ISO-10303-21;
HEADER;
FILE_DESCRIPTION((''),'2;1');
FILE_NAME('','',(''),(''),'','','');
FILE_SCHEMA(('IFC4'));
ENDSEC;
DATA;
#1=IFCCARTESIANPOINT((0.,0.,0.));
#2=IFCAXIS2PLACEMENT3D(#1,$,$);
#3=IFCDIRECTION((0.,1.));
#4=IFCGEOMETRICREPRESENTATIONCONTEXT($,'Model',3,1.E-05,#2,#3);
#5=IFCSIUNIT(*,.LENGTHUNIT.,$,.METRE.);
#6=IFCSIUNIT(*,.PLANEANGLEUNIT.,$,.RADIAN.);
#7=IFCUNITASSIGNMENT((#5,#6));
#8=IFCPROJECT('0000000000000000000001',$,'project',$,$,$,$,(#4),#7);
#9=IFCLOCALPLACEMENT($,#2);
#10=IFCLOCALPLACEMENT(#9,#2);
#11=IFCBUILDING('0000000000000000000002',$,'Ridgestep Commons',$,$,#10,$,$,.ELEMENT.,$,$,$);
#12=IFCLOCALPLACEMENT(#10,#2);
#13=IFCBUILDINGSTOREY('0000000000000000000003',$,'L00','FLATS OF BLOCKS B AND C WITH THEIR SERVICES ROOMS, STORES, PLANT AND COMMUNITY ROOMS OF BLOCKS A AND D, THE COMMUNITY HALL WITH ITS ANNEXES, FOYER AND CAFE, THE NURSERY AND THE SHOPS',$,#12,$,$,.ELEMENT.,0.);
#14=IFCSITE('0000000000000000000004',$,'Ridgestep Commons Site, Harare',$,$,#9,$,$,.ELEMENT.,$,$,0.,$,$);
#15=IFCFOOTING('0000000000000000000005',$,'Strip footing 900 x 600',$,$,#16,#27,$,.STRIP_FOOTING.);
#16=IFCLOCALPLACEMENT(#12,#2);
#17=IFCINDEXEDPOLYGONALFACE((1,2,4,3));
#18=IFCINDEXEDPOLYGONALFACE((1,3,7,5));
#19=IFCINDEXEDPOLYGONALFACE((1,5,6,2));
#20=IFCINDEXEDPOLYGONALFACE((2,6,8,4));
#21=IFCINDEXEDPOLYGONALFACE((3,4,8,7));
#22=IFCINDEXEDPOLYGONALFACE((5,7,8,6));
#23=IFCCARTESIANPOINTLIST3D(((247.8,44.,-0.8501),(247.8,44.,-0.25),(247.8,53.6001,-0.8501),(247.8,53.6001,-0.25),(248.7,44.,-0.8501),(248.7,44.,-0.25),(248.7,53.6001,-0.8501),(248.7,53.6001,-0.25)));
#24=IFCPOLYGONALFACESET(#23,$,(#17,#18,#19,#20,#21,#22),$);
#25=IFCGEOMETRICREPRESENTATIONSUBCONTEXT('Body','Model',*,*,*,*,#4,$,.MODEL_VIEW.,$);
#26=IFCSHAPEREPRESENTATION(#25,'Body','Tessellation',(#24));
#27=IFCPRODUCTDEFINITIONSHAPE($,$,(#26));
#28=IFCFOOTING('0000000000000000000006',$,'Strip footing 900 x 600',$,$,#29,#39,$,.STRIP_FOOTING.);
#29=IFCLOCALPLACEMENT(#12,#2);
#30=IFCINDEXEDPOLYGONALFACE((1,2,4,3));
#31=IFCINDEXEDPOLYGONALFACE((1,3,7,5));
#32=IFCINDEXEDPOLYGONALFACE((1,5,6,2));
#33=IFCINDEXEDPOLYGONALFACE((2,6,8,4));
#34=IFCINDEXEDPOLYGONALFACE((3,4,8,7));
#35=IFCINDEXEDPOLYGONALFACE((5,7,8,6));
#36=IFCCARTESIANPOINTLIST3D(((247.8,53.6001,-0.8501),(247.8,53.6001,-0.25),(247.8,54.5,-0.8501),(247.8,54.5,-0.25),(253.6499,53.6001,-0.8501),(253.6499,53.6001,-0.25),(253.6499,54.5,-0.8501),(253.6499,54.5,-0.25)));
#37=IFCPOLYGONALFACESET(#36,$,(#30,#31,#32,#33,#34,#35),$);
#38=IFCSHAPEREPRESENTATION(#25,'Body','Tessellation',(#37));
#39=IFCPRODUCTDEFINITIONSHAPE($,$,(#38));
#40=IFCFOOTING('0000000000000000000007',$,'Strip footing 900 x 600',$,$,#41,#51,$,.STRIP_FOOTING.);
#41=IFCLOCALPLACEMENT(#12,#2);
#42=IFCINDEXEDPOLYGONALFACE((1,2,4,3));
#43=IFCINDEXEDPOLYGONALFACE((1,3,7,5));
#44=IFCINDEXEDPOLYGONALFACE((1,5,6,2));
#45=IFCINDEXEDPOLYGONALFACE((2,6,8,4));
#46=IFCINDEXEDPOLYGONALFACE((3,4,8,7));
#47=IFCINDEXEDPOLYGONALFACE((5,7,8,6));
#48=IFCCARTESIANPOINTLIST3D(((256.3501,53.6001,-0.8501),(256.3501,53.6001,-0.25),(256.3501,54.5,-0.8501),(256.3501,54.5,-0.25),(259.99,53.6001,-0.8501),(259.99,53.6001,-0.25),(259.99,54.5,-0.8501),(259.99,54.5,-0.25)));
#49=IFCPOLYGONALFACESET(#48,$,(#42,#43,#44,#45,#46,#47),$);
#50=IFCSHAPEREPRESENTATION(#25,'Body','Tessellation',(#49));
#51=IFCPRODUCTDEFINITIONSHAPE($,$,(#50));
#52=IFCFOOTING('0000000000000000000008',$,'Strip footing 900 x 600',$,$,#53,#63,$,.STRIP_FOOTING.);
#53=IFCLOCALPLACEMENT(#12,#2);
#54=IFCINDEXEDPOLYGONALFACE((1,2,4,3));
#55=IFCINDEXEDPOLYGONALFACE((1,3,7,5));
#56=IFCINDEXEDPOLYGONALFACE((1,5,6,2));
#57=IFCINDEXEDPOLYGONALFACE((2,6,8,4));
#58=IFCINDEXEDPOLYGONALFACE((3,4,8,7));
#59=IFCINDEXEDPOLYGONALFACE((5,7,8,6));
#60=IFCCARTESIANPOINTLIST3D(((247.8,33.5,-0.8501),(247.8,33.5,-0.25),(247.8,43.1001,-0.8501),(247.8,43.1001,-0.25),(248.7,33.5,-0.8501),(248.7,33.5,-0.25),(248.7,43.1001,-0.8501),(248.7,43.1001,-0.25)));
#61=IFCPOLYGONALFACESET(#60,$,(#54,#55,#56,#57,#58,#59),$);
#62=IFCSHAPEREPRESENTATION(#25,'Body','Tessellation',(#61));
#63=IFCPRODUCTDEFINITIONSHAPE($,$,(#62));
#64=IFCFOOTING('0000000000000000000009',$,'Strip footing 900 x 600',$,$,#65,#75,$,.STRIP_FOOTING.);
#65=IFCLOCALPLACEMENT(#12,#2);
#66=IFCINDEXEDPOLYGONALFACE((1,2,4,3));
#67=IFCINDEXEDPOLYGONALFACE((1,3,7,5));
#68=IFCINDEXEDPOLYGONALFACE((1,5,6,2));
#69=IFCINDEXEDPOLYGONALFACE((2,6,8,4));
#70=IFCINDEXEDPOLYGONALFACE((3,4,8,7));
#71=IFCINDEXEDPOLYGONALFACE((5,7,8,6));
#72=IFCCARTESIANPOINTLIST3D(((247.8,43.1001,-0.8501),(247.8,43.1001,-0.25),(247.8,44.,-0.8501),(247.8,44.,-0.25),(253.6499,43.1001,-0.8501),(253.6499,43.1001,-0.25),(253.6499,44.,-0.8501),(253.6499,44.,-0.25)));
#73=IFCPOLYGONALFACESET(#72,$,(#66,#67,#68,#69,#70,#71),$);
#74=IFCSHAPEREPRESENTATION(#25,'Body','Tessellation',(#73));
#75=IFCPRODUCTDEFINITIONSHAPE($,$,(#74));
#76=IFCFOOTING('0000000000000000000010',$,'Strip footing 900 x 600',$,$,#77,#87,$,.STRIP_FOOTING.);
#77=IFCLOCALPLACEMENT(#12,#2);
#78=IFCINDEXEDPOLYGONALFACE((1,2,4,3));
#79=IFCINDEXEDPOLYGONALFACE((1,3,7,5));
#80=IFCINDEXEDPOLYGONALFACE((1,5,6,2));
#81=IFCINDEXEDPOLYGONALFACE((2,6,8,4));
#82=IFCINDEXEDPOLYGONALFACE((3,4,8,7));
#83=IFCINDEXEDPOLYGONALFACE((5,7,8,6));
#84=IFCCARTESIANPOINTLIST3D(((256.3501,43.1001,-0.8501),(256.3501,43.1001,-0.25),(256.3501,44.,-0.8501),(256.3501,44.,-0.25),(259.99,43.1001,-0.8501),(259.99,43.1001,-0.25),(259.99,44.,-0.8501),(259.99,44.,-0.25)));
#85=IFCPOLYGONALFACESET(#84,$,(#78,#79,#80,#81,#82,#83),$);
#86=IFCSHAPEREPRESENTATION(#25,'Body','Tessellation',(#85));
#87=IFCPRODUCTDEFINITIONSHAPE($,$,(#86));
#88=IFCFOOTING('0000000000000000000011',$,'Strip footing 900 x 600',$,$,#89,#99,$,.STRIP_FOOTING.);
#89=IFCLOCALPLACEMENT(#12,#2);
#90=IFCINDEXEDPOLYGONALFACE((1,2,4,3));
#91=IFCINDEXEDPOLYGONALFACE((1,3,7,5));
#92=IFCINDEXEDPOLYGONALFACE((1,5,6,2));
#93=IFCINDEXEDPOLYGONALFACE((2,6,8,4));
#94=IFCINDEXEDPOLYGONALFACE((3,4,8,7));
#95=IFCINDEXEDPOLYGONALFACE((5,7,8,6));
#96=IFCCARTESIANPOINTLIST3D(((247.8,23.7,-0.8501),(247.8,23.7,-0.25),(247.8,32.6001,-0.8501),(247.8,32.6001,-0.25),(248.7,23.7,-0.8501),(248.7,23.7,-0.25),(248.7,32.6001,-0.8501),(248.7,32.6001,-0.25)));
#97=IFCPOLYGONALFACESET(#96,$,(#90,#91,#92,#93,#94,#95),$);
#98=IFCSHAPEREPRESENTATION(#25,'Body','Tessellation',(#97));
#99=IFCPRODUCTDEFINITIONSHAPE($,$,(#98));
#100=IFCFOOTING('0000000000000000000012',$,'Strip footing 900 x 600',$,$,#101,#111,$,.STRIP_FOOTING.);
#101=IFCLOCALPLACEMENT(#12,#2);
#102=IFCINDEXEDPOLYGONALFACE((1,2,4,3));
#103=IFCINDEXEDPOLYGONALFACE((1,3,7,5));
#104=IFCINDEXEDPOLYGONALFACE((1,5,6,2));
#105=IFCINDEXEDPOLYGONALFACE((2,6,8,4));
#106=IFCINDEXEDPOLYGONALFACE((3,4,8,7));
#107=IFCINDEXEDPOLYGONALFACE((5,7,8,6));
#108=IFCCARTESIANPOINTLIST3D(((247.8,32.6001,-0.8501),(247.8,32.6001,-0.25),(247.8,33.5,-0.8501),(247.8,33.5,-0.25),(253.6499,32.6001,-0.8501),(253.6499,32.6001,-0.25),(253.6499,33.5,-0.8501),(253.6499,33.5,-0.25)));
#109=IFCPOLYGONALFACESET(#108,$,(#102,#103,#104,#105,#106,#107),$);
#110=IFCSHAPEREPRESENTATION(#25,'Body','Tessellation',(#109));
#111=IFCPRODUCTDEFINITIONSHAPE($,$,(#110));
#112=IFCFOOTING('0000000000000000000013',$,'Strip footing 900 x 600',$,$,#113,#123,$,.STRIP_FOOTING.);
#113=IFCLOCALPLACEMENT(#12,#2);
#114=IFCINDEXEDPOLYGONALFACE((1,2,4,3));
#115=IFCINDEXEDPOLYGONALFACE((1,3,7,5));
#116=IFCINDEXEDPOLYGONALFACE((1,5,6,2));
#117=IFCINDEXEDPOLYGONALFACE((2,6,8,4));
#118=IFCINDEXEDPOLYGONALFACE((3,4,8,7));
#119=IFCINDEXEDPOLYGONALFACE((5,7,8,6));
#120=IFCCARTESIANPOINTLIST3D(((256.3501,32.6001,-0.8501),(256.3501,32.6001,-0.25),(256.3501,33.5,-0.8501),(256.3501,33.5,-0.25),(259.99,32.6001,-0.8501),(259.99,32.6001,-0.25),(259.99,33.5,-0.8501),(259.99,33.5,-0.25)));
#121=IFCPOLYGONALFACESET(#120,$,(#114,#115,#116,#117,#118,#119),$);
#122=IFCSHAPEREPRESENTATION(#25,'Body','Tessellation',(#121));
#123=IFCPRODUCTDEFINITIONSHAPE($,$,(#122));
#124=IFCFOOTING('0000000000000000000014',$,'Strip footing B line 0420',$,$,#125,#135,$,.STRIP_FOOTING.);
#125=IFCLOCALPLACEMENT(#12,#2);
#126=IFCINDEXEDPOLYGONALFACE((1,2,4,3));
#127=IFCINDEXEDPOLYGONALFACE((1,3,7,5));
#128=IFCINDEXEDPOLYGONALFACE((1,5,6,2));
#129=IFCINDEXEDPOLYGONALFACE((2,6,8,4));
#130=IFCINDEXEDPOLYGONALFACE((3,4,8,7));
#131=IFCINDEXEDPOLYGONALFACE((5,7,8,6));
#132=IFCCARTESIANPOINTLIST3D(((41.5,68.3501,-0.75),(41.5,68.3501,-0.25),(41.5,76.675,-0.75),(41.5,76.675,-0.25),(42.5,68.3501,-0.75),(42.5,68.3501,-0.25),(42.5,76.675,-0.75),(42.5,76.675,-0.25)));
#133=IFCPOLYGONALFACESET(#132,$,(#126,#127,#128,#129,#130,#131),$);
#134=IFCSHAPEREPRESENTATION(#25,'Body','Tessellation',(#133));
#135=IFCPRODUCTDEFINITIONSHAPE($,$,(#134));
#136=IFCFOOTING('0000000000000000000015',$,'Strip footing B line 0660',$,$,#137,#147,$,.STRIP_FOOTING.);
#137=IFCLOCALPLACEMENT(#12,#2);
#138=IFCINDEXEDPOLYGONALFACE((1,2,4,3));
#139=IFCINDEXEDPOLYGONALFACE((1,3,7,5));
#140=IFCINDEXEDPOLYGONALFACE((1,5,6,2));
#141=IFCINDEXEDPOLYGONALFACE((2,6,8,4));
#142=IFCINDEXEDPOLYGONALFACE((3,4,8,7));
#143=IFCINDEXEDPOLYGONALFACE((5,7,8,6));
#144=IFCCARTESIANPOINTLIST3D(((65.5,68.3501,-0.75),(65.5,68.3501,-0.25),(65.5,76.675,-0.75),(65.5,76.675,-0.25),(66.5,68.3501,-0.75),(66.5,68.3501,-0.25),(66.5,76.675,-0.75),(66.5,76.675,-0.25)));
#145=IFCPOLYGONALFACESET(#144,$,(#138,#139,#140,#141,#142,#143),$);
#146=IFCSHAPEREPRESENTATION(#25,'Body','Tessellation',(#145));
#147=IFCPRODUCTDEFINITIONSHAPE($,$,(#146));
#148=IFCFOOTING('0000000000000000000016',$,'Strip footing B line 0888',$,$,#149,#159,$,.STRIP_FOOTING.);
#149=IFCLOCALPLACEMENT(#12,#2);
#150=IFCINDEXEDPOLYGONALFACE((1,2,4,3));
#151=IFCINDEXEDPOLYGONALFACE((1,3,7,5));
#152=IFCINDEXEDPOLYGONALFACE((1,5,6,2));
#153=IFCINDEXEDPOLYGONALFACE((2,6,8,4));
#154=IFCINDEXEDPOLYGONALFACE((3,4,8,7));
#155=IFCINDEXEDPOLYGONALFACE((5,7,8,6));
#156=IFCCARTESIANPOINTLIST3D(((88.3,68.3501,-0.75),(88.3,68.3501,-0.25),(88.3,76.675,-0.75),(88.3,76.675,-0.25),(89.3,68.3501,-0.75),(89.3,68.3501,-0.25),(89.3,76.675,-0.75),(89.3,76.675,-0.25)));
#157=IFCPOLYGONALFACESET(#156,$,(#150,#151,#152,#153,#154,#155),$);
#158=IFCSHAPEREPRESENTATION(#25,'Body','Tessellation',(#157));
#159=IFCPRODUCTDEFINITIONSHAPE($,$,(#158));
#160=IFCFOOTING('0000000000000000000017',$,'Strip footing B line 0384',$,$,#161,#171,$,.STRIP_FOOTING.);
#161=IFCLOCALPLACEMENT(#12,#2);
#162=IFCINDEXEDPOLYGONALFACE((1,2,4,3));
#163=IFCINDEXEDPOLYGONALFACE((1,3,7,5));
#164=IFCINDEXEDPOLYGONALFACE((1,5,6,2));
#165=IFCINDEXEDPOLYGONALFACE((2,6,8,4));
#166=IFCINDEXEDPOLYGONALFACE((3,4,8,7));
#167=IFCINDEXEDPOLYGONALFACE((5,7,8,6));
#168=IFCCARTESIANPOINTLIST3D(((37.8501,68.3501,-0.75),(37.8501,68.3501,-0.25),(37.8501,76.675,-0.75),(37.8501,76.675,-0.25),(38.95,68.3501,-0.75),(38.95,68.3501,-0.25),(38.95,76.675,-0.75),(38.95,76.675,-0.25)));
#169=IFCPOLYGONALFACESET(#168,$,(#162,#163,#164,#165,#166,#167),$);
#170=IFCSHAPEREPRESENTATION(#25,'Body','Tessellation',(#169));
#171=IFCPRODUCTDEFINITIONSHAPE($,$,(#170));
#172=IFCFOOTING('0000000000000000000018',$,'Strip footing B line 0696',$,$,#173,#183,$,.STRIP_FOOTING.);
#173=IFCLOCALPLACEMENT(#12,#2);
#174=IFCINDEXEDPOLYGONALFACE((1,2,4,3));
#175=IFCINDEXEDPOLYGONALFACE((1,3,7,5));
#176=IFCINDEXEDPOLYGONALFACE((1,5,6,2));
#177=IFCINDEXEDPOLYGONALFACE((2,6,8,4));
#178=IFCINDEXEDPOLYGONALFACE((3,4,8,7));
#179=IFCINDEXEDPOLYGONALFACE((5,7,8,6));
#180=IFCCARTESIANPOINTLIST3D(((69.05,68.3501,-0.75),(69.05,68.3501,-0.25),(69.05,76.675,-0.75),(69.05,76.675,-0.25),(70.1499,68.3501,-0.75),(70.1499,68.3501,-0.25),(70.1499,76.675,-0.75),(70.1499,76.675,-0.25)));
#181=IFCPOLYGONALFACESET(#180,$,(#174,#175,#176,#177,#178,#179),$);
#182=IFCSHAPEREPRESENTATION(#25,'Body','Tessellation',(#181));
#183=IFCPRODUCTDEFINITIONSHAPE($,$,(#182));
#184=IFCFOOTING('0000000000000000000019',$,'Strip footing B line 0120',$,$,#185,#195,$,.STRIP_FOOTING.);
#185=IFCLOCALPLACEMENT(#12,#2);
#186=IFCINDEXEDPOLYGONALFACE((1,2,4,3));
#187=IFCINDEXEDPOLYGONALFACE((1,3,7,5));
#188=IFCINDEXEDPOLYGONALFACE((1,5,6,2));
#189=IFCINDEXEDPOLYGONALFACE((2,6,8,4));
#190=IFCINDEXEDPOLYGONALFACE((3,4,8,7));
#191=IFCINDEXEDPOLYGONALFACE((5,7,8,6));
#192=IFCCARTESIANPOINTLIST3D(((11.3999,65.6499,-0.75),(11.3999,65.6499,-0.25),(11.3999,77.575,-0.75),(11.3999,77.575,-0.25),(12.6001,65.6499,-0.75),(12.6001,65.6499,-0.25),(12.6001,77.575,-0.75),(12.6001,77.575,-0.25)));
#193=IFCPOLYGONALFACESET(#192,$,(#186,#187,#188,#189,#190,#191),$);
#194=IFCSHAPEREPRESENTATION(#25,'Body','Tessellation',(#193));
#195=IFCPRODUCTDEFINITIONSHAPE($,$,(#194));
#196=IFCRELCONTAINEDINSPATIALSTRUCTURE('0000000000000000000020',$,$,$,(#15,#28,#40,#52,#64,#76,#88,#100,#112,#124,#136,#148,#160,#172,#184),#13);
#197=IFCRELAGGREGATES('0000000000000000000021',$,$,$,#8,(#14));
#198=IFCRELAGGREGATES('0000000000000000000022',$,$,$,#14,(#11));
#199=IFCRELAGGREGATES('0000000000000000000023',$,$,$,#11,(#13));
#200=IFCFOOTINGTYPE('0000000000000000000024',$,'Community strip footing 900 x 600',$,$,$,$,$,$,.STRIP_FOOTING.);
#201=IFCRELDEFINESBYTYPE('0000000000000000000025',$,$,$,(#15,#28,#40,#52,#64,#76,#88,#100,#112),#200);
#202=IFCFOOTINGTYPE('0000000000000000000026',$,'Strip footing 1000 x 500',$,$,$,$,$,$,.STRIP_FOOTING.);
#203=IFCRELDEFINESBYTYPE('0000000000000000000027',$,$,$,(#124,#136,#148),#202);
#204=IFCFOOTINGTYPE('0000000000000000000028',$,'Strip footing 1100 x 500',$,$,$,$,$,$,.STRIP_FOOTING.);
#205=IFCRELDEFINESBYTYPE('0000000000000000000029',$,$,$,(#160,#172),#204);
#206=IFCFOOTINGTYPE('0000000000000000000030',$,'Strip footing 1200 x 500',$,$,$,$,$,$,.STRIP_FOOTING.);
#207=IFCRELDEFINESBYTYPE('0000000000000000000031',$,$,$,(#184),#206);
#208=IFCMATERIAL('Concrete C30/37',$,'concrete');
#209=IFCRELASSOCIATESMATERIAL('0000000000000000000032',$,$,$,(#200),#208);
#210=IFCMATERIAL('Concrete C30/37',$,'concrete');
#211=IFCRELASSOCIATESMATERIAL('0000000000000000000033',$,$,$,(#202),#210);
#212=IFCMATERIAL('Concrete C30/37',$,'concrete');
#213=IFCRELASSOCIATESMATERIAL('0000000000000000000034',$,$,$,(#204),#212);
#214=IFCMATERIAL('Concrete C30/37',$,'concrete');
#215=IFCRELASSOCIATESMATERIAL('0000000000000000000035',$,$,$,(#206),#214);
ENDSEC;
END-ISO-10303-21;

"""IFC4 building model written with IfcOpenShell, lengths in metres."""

from ifc_helpers import new_model, si_unit, direction, frame, origin, place, context, subcontext, project, spatial, polyline, outline, extrude, material, type_object, element, save


model = new_model("IFC4")

# Units and contexts
model_context = context("Model", 3, precision=1e-05, world=origin(), true_north=direction((0.0, 1.0)))
body_context = subcontext(model_context, "Body", "Model", "MODEL_VIEW")
ifc_project = project(units=[si_unit("LENGTHUNIT", "METRE"), si_unit("PLANEANGLEUNIT", "RADIAN")], contexts=[model_context])

# Site, building, storey
site_placement = place(None, origin())
site = spatial("IfcSite", under=ifc_project, at=site_placement, Name="Ridgestep Commons Site, Harare", CompositionType="ELEMENT", RefElevation=0.0)
building_placement = place(site_placement, origin())
building = spatial("IfcBuilding", under=site, at=building_placement, Name="Ridgestep Commons", CompositionType="ELEMENT")
storey_placement = place(building_placement, origin())
storey = spatial("IfcBuildingStorey", under=building, at=storey_placement, Name="L00", Description="FLATS OF BLOCKS B AND C WITH THEIR SERVICES ROOMS, STORES, PLANT AND COMMUNITY ROOMS OF BLOCKS A AND D, THE COMMUNITY HALL WITH ITS ANNEXES, FOYER AND CAFE, THE NURSERY AND THE SHOPS", CompositionType="ELEMENT", Elevation=0.0)

# Footings
ifc_material_1 = material(Name="Concrete C30/37", Category="concrete")
footing_type_1 = type_object("IfcFootingType", Name="Community strip footing 900 x 600", PredefinedType="STRIP_FOOTING", material=ifc_material_1)
footing_1_placement = place(storey_placement, frame((0.0, 0.0, -0.8501)))
element("IfcFooting", 1, at=footing_1_placement, inside=storey, type_object=footing_type_1, Name="Strip footing 900 x 600", PredefinedType="STRIP_FOOTING", context=body_context, shape_type="SweptSolid", body=[
    extrude(outline(polyline([(247.8, 44.0), (248.7, 44.0), (248.7, 53.6001), (247.8, 53.6001), (247.8, 44.0)])), origin(), (0.0, 0.0, 1.0), 0.6001),
])
footing_2_placement = place(storey_placement, frame((0.0, 0.0, -0.8501)))
element("IfcFooting", 2, at=footing_2_placement, inside=storey, type_object=footing_type_1, Name="Strip footing 900 x 600", PredefinedType="STRIP_FOOTING", context=body_context, shape_type="SweptSolid", body=[
    extrude(outline(polyline([(247.8, 53.6001), (253.6499, 53.6001), (253.6499, 54.5), (247.8, 54.5), (247.8, 53.6001)])), origin(), (0.0, 0.0, 1.0), 0.6001),
])
footing_3_placement = place(storey_placement, frame((0.0, 0.0, -0.8501)))
element("IfcFooting", 3, at=footing_3_placement, inside=storey, type_object=footing_type_1, Name="Strip footing 900 x 600", PredefinedType="STRIP_FOOTING", context=body_context, shape_type="SweptSolid", body=[
    extrude(outline(polyline([(256.3501, 53.6001), (259.99, 53.6001), (259.99, 54.5), (256.3501, 54.5), (256.3501, 53.6001)])), origin(), (0.0, 0.0, 1.0), 0.6001),
])
footing_4_placement = place(storey_placement, frame((0.0, 0.0, -0.8501)))
element("IfcFooting", 4, at=footing_4_placement, inside=storey, type_object=footing_type_1, Name="Strip footing 900 x 600", PredefinedType="STRIP_FOOTING", context=body_context, shape_type="SweptSolid", body=[
    extrude(outline(polyline([(247.8, 33.5), (248.7, 33.5), (248.7, 43.1001), (247.8, 43.1001), (247.8, 33.5)])), origin(), (0.0, 0.0, 1.0), 0.6001),
])
footing_5_placement = place(storey_placement, frame((0.0, 0.0, -0.8501)))
element("IfcFooting", 5, at=footing_5_placement, inside=storey, type_object=footing_type_1, Name="Strip footing 900 x 600", PredefinedType="STRIP_FOOTING", context=body_context, shape_type="SweptSolid", body=[
    extrude(outline(polyline([(247.8, 43.1001), (253.6499, 43.1001), (253.6499, 44.0), (247.8, 44.0), (247.8, 43.1001)])), origin(), (0.0, 0.0, 1.0), 0.6001),
])
footing_6_placement = place(storey_placement, frame((0.0, 0.0, -0.8501)))
element("IfcFooting", 6, at=footing_6_placement, inside=storey, type_object=footing_type_1, Name="Strip footing 900 x 600", PredefinedType="STRIP_FOOTING", context=body_context, shape_type="SweptSolid", body=[
    extrude(outline(polyline([(256.3501, 43.1001), (259.99, 43.1001), (259.99, 44.0), (256.3501, 44.0), (256.3501, 43.1001)])), origin(), (0.0, 0.0, 1.0), 0.6001),
])
footing_7_placement = place(storey_placement, frame((0.0, 0.0, -0.8501)))
element("IfcFooting", 7, at=footing_7_placement, inside=storey, type_object=footing_type_1, Name="Strip footing 900 x 600", PredefinedType="STRIP_FOOTING", context=body_context, shape_type="SweptSolid", body=[
    extrude(outline(polyline([(247.8, 23.7), (248.7, 23.7), (248.7, 32.6001), (247.8, 32.6001), (247.8, 23.7)])), origin(), (0.0, 0.0, 1.0), 0.6001),
])
footing_8_placement = place(storey_placement, frame((0.0, 0.0, -0.8501)))
element("IfcFooting", 8, at=footing_8_placement, inside=storey, type_object=footing_type_1, Name="Strip footing 900 x 600", PredefinedType="STRIP_FOOTING", context=body_context, shape_type="SweptSolid", body=[
    extrude(outline(polyline([(247.8, 32.6001), (253.6499, 32.6001), (253.6499, 33.5), (247.8, 33.5), (247.8, 32.6001)])), origin(), (0.0, 0.0, 1.0), 0.6001),
])
footing_9_placement = place(storey_placement, frame((0.0, 0.0, -0.8501)))
element("IfcFooting", 9, at=footing_9_placement, inside=storey, type_object=footing_type_1, Name="Strip footing 900 x 600", PredefinedType="STRIP_FOOTING", context=body_context, shape_type="SweptSolid", body=[
    extrude(outline(polyline([(256.3501, 32.6001), (259.99, 32.6001), (259.99, 33.5), (256.3501, 33.5), (256.3501, 32.6001)])), origin(), (0.0, 0.0, 1.0), 0.6001),
])
ifc_material_2 = material(Name="Concrete C30/37", Category="concrete")
footing_type_2 = type_object("IfcFootingType", Name="Strip footing 1000 x 500", PredefinedType="STRIP_FOOTING", material=ifc_material_2)
footing_10_placement = place(storey_placement, frame((0.0, 0.0, -0.75)))
element("IfcFooting", 10, at=footing_10_placement, inside=storey, type_object=footing_type_2, Name="Strip footing B line 0420", PredefinedType="STRIP_FOOTING", context=body_context, shape_type="SweptSolid", body=[
    extrude(outline(polyline([(42.5, 68.3501), (42.5, 76.675), (41.5, 76.675), (41.5, 68.3501), (42.5, 68.3501)])), origin(), (0.0, 0.0, 1.0), 0.5),
])
footing_11_placement = place(storey_placement, frame((0.0, 0.0, -0.75)))
element("IfcFooting", 11, at=footing_11_placement, inside=storey, type_object=footing_type_2, Name="Strip footing B line 0660", PredefinedType="STRIP_FOOTING", context=body_context, shape_type="SweptSolid", body=[
    extrude(outline(polyline([(66.5, 68.3501), (66.5, 76.675), (65.5, 76.675), (65.5, 68.3501), (66.5, 68.3501)])), origin(), (0.0, 0.0, 1.0), 0.5),
])
footing_12_placement = place(storey_placement, frame((0.0, 0.0, -0.75)))
element("IfcFooting", 12, at=footing_12_placement, inside=storey, type_object=footing_type_2, Name="Strip footing B line 0888", PredefinedType="STRIP_FOOTING", context=body_context, shape_type="SweptSolid", body=[
    extrude(outline(polyline([(89.3, 68.3501), (89.3, 76.675), (88.3, 76.675), (88.3, 68.3501), (89.3, 68.3501)])), origin(), (0.0, 0.0, 1.0), 0.5),
])
ifc_material_3 = material(Name="Concrete C30/37", Category="concrete")
footing_type_3 = type_object("IfcFootingType", Name="Strip footing 1100 x 500", PredefinedType="STRIP_FOOTING", material=ifc_material_3)
footing_13_placement = place(storey_placement, frame((0.0, 0.0, -0.75)))
element("IfcFooting", 13, at=footing_13_placement, inside=storey, type_object=footing_type_3, Name="Strip footing B line 0384", PredefinedType="STRIP_FOOTING", context=body_context, shape_type="SweptSolid", body=[
    extrude(outline(polyline([(38.95, 68.3501), (38.95, 76.675), (37.8501, 76.675), (37.8501, 68.3501), (38.95, 68.3501)])), origin(), (0.0, 0.0, 1.0), 0.5),
])
footing_14_placement = place(storey_placement, frame((0.0, 0.0, -0.75)))
element("IfcFooting", 14, at=footing_14_placement, inside=storey, type_object=footing_type_3, Name="Strip footing B line 0696", PredefinedType="STRIP_FOOTING", context=body_context, shape_type="SweptSolid", body=[
    extrude(outline(polyline([(70.1499, 68.3501), (70.1499, 76.675), (69.05, 76.675), (69.05, 68.3501), (70.1499, 68.3501)])), origin(), (0.0, 0.0, 1.0), 0.5),
])
ifc_material_4 = material(Name="Concrete C30/37", Category="concrete")
footing_type_4 = type_object("IfcFootingType", Name="Strip footing 1200 x 500", PredefinedType="STRIP_FOOTING", material=ifc_material_4)
footing_15_placement = place(storey_placement, frame((0.0, 0.0, -0.75)))
element("IfcFooting", 15, at=footing_15_placement, inside=storey, type_object=footing_type_4, Name="Strip footing B line 0120", PredefinedType="STRIP_FOOTING", context=body_context, shape_type="SweptSolid", body=[
    extrude(outline(polyline([(12.6001, 65.6499), (12.6001, 77.575), (11.3999, 77.575), (11.3999, 65.6499), (12.6001, 65.6499)])), origin(), (0.0, 0.0, 1.0), 0.5),
])

save(model, "model.ifc")
